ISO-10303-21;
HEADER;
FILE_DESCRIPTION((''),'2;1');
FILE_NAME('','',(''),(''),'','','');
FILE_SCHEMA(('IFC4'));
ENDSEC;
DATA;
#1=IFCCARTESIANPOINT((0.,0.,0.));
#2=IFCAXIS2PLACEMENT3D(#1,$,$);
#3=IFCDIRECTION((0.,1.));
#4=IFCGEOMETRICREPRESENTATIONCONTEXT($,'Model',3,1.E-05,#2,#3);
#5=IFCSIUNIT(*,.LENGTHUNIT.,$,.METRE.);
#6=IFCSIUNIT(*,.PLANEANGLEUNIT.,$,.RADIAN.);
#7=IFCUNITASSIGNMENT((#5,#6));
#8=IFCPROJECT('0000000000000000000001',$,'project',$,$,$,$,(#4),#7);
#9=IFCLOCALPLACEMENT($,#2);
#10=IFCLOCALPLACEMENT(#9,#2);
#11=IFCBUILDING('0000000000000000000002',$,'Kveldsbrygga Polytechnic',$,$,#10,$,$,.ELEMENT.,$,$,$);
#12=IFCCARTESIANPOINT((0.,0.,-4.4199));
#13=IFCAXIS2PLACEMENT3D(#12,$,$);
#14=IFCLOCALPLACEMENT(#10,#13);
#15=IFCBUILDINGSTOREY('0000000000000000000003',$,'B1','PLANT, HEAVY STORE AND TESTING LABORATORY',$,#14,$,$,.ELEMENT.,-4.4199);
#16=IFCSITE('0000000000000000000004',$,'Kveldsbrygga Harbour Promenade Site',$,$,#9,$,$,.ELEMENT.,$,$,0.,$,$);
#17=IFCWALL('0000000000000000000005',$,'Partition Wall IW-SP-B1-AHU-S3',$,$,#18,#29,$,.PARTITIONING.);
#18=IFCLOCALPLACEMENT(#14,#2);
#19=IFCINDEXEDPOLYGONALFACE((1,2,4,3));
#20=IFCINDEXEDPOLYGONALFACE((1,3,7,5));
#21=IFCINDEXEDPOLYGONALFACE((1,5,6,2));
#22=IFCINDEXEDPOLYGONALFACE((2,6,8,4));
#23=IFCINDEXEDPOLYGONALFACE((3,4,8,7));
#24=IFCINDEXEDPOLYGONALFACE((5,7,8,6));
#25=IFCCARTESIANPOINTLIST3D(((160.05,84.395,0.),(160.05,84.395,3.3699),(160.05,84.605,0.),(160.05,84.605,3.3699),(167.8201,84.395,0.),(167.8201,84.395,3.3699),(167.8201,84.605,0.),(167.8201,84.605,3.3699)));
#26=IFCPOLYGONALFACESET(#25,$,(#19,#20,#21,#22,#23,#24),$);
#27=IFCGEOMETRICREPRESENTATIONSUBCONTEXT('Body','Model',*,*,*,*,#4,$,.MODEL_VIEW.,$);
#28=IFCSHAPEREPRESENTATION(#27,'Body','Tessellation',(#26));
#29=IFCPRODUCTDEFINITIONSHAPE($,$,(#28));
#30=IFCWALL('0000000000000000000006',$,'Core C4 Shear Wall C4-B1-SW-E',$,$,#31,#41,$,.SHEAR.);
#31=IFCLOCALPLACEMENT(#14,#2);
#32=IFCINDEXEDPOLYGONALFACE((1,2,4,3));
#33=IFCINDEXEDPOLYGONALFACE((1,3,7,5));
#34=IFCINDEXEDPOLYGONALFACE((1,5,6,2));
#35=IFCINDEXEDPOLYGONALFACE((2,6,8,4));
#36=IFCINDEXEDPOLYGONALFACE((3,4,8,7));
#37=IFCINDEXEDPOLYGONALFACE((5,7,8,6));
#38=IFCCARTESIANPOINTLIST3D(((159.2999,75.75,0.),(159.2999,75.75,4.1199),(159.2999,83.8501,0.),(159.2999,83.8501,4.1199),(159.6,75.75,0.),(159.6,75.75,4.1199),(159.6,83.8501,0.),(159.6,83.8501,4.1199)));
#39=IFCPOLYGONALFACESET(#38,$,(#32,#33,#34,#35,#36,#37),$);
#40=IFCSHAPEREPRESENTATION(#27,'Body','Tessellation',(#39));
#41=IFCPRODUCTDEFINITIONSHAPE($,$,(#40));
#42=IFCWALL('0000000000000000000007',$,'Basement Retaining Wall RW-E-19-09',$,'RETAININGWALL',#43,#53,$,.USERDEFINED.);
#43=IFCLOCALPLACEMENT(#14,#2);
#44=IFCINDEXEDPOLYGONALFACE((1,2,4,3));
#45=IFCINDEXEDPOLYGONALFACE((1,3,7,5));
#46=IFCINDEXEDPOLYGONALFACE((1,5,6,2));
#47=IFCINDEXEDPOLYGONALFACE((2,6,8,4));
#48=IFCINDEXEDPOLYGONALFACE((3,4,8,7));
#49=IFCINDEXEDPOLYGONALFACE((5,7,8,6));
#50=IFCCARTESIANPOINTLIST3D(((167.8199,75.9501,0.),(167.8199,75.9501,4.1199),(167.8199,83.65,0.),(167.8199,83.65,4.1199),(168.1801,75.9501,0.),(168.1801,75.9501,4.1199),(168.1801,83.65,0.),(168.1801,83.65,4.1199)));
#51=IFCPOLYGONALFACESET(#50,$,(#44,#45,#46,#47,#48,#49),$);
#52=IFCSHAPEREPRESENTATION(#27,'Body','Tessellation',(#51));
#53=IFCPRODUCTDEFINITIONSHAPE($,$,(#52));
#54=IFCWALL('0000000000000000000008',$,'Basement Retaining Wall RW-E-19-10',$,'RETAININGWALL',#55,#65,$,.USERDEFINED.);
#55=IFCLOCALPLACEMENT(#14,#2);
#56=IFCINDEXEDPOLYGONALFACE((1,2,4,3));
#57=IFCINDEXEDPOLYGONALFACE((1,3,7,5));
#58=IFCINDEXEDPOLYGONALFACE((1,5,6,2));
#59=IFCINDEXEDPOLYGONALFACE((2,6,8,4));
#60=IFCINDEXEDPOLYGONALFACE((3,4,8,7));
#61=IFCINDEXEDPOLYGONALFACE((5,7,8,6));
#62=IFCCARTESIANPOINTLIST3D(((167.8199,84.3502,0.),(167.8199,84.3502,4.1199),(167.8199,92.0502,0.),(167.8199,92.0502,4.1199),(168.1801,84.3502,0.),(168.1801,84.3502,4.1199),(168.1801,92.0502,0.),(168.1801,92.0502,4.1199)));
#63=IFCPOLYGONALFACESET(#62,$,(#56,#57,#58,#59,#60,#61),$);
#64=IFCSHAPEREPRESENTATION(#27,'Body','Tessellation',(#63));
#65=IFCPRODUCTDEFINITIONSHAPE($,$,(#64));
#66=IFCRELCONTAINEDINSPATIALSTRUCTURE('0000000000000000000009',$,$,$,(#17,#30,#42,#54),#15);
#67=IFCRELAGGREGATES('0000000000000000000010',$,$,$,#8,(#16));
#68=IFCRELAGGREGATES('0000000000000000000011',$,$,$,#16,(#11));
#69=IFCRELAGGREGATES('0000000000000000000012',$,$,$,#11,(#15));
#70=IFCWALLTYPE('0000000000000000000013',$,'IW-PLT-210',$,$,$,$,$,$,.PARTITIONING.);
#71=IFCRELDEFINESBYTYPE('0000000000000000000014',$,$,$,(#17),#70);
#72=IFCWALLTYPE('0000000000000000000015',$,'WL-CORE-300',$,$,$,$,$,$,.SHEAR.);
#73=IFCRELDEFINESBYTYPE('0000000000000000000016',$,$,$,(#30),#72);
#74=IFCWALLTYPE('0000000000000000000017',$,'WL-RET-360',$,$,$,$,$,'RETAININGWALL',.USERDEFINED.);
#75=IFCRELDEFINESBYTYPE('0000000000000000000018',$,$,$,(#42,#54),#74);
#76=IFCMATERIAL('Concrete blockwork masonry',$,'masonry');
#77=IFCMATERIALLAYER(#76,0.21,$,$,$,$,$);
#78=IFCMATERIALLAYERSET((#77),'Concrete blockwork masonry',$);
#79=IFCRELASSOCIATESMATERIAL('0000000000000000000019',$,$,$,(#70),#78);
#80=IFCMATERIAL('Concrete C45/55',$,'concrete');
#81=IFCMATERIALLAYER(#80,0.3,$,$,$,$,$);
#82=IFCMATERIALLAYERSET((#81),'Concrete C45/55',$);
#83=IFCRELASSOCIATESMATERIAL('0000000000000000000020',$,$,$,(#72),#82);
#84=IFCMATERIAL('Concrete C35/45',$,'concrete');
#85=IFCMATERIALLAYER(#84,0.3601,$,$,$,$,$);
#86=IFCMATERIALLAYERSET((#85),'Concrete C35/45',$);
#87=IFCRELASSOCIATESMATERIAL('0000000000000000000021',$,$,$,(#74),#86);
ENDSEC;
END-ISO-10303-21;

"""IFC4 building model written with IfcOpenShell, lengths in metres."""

from ifc_helpers import new_model, si_unit, direction, frame, frame_2d, origin, place, context, subcontext, project, spatial, rectangle, extrude, material, layer, layer_set, type_object, element, save


model = new_model("IFC4")

# Units and contexts
model_context = context("Model", 3, precision=1e-05, world=origin(), true_north=direction((0.0, 1.0)))
body_context = subcontext(model_context, "Body", "Model", "MODEL_VIEW")
ifc_project = project(units=[si_unit("LENGTHUNIT", "METRE"), si_unit("PLANEANGLEUNIT", "RADIAN")], contexts=[model_context])

# Site, building, storey
site_placement = place(None, origin())
site = spatial("IfcSite", under=ifc_project, at=site_placement, Name="Kveldsbrygga Harbour Promenade Site", CompositionType="ELEMENT", RefElevation=0.0)
building_placement = place(site_placement, origin())
building = spatial("IfcBuilding", under=site, at=building_placement, Name="Kveldsbrygga Polytechnic", CompositionType="ELEMENT")
storey_placement = place(building_placement, frame((0.0, 0.0, -4.4199)))
storey = spatial("IfcBuildingStorey", under=building, at=storey_placement, Name="B1", Description="PLANT, HEAVY STORE AND TESTING LABORATORY", CompositionType="ELEMENT", Elevation=-4.4199)

# Shared definitions
ifc_material_1 = material(Name="Concrete C45/55", Category="concrete")

# Shared definitions
ifc_material_2 = material(Name="Concrete C35/45", Category="concrete")

# Walls
ifc_material_3 = material(Name="Concrete blockwork masonry", Category="masonry")
ifc_layer_1 = layer(ifc_material_3, 0.21)
ifc_layer_set_1 = layer_set([ifc_layer_1], Name="Concrete blockwork masonry")
wall_type_1 = type_object("IfcWallType", Name="IW-PLT-210", PredefinedType="PARTITIONING", material=ifc_layer_set_1)
wall_1_placement = place(storey_placement, frame((160.05, 84.5, 0.0), z_axis=(0.0, 0.0, 1.0), x_axis=(1.0, 0.0, 0.0)))
element("IfcWall", 1, at=wall_1_placement, inside=storey, type_object=wall_type_1, Name="Partition Wall IW-SP-B1-AHU-S3", PredefinedType="PARTITIONING", context=body_context, shape_type="SweptSolid", body=[
    extrude(rectangle(XDim=7.77, YDim=0.21, at=frame_2d((3.885, 0.0))), origin(), (0.0, 0.0, 1.0), 3.3699),
])
ifc_layer_2 = layer(ifc_material_1, 0.3)
ifc_layer_set_2 = layer_set([ifc_layer_2], Name="Concrete C45/55")
wall_type_2 = type_object("IfcWallType", Name="WL-CORE-300", PredefinedType="SHEAR", material=ifc_layer_set_2)
wall_2_placement = place(storey_placement, frame((159.45, 75.75, 0.0), z_axis=(0.0, 0.0, 1.0), x_axis=(0.0, 1.0, 0.0)))
element("IfcWall", 2, at=wall_2_placement, inside=storey, type_object=wall_type_2, Name="Core C4 Shear Wall C4-B1-SW-E", PredefinedType="SHEAR", context=body_context, shape_type="SweptSolid", body=[
    extrude(rectangle(XDim=8.1001, YDim=0.3, at=frame_2d((4.05, 0.0))), origin(), (0.0, 0.0, 1.0), 4.1199),
])
ifc_layer_3 = layer(ifc_material_2, 0.3601)
ifc_layer_set_3 = layer_set([ifc_layer_3], Name="Concrete C35/45")
wall_type_3 = type_object("IfcWallType", Name="WL-RET-360", ElementType="RETAININGWALL", PredefinedType="USERDEFINED", material=ifc_layer_set_3)
for number, where, z_axis, x_axis, name in (
    (3, (168.0, 75.95, 0.0), (0.0, 0.0, 1.0), (0.0, 1.0, 0.0), "Basement Retaining Wall RW-E-19-09"),
    (4, (168.0, 84.3501, 0.0), (0.0, 0.0, 1.0), (0.0, 1.0, 0.0), "Basement Retaining Wall RW-E-19-10"),
):
    element("IfcWall", number, at=place(storey_placement, frame(where, z_axis=z_axis, x_axis=x_axis)), inside=storey, type_object=wall_type_3, Name=name, ObjectType="RETAININGWALL", PredefinedType="USERDEFINED", context=body_context, shape_type="SweptSolid", body=[
        extrude(rectangle(XDim=7.7, YDim=0.3601, at=frame_2d((3.8501, 0.0))), origin(), (0.0, 0.0, 1.0), 4.1199),
    ])

save(model, "model.ifc")
